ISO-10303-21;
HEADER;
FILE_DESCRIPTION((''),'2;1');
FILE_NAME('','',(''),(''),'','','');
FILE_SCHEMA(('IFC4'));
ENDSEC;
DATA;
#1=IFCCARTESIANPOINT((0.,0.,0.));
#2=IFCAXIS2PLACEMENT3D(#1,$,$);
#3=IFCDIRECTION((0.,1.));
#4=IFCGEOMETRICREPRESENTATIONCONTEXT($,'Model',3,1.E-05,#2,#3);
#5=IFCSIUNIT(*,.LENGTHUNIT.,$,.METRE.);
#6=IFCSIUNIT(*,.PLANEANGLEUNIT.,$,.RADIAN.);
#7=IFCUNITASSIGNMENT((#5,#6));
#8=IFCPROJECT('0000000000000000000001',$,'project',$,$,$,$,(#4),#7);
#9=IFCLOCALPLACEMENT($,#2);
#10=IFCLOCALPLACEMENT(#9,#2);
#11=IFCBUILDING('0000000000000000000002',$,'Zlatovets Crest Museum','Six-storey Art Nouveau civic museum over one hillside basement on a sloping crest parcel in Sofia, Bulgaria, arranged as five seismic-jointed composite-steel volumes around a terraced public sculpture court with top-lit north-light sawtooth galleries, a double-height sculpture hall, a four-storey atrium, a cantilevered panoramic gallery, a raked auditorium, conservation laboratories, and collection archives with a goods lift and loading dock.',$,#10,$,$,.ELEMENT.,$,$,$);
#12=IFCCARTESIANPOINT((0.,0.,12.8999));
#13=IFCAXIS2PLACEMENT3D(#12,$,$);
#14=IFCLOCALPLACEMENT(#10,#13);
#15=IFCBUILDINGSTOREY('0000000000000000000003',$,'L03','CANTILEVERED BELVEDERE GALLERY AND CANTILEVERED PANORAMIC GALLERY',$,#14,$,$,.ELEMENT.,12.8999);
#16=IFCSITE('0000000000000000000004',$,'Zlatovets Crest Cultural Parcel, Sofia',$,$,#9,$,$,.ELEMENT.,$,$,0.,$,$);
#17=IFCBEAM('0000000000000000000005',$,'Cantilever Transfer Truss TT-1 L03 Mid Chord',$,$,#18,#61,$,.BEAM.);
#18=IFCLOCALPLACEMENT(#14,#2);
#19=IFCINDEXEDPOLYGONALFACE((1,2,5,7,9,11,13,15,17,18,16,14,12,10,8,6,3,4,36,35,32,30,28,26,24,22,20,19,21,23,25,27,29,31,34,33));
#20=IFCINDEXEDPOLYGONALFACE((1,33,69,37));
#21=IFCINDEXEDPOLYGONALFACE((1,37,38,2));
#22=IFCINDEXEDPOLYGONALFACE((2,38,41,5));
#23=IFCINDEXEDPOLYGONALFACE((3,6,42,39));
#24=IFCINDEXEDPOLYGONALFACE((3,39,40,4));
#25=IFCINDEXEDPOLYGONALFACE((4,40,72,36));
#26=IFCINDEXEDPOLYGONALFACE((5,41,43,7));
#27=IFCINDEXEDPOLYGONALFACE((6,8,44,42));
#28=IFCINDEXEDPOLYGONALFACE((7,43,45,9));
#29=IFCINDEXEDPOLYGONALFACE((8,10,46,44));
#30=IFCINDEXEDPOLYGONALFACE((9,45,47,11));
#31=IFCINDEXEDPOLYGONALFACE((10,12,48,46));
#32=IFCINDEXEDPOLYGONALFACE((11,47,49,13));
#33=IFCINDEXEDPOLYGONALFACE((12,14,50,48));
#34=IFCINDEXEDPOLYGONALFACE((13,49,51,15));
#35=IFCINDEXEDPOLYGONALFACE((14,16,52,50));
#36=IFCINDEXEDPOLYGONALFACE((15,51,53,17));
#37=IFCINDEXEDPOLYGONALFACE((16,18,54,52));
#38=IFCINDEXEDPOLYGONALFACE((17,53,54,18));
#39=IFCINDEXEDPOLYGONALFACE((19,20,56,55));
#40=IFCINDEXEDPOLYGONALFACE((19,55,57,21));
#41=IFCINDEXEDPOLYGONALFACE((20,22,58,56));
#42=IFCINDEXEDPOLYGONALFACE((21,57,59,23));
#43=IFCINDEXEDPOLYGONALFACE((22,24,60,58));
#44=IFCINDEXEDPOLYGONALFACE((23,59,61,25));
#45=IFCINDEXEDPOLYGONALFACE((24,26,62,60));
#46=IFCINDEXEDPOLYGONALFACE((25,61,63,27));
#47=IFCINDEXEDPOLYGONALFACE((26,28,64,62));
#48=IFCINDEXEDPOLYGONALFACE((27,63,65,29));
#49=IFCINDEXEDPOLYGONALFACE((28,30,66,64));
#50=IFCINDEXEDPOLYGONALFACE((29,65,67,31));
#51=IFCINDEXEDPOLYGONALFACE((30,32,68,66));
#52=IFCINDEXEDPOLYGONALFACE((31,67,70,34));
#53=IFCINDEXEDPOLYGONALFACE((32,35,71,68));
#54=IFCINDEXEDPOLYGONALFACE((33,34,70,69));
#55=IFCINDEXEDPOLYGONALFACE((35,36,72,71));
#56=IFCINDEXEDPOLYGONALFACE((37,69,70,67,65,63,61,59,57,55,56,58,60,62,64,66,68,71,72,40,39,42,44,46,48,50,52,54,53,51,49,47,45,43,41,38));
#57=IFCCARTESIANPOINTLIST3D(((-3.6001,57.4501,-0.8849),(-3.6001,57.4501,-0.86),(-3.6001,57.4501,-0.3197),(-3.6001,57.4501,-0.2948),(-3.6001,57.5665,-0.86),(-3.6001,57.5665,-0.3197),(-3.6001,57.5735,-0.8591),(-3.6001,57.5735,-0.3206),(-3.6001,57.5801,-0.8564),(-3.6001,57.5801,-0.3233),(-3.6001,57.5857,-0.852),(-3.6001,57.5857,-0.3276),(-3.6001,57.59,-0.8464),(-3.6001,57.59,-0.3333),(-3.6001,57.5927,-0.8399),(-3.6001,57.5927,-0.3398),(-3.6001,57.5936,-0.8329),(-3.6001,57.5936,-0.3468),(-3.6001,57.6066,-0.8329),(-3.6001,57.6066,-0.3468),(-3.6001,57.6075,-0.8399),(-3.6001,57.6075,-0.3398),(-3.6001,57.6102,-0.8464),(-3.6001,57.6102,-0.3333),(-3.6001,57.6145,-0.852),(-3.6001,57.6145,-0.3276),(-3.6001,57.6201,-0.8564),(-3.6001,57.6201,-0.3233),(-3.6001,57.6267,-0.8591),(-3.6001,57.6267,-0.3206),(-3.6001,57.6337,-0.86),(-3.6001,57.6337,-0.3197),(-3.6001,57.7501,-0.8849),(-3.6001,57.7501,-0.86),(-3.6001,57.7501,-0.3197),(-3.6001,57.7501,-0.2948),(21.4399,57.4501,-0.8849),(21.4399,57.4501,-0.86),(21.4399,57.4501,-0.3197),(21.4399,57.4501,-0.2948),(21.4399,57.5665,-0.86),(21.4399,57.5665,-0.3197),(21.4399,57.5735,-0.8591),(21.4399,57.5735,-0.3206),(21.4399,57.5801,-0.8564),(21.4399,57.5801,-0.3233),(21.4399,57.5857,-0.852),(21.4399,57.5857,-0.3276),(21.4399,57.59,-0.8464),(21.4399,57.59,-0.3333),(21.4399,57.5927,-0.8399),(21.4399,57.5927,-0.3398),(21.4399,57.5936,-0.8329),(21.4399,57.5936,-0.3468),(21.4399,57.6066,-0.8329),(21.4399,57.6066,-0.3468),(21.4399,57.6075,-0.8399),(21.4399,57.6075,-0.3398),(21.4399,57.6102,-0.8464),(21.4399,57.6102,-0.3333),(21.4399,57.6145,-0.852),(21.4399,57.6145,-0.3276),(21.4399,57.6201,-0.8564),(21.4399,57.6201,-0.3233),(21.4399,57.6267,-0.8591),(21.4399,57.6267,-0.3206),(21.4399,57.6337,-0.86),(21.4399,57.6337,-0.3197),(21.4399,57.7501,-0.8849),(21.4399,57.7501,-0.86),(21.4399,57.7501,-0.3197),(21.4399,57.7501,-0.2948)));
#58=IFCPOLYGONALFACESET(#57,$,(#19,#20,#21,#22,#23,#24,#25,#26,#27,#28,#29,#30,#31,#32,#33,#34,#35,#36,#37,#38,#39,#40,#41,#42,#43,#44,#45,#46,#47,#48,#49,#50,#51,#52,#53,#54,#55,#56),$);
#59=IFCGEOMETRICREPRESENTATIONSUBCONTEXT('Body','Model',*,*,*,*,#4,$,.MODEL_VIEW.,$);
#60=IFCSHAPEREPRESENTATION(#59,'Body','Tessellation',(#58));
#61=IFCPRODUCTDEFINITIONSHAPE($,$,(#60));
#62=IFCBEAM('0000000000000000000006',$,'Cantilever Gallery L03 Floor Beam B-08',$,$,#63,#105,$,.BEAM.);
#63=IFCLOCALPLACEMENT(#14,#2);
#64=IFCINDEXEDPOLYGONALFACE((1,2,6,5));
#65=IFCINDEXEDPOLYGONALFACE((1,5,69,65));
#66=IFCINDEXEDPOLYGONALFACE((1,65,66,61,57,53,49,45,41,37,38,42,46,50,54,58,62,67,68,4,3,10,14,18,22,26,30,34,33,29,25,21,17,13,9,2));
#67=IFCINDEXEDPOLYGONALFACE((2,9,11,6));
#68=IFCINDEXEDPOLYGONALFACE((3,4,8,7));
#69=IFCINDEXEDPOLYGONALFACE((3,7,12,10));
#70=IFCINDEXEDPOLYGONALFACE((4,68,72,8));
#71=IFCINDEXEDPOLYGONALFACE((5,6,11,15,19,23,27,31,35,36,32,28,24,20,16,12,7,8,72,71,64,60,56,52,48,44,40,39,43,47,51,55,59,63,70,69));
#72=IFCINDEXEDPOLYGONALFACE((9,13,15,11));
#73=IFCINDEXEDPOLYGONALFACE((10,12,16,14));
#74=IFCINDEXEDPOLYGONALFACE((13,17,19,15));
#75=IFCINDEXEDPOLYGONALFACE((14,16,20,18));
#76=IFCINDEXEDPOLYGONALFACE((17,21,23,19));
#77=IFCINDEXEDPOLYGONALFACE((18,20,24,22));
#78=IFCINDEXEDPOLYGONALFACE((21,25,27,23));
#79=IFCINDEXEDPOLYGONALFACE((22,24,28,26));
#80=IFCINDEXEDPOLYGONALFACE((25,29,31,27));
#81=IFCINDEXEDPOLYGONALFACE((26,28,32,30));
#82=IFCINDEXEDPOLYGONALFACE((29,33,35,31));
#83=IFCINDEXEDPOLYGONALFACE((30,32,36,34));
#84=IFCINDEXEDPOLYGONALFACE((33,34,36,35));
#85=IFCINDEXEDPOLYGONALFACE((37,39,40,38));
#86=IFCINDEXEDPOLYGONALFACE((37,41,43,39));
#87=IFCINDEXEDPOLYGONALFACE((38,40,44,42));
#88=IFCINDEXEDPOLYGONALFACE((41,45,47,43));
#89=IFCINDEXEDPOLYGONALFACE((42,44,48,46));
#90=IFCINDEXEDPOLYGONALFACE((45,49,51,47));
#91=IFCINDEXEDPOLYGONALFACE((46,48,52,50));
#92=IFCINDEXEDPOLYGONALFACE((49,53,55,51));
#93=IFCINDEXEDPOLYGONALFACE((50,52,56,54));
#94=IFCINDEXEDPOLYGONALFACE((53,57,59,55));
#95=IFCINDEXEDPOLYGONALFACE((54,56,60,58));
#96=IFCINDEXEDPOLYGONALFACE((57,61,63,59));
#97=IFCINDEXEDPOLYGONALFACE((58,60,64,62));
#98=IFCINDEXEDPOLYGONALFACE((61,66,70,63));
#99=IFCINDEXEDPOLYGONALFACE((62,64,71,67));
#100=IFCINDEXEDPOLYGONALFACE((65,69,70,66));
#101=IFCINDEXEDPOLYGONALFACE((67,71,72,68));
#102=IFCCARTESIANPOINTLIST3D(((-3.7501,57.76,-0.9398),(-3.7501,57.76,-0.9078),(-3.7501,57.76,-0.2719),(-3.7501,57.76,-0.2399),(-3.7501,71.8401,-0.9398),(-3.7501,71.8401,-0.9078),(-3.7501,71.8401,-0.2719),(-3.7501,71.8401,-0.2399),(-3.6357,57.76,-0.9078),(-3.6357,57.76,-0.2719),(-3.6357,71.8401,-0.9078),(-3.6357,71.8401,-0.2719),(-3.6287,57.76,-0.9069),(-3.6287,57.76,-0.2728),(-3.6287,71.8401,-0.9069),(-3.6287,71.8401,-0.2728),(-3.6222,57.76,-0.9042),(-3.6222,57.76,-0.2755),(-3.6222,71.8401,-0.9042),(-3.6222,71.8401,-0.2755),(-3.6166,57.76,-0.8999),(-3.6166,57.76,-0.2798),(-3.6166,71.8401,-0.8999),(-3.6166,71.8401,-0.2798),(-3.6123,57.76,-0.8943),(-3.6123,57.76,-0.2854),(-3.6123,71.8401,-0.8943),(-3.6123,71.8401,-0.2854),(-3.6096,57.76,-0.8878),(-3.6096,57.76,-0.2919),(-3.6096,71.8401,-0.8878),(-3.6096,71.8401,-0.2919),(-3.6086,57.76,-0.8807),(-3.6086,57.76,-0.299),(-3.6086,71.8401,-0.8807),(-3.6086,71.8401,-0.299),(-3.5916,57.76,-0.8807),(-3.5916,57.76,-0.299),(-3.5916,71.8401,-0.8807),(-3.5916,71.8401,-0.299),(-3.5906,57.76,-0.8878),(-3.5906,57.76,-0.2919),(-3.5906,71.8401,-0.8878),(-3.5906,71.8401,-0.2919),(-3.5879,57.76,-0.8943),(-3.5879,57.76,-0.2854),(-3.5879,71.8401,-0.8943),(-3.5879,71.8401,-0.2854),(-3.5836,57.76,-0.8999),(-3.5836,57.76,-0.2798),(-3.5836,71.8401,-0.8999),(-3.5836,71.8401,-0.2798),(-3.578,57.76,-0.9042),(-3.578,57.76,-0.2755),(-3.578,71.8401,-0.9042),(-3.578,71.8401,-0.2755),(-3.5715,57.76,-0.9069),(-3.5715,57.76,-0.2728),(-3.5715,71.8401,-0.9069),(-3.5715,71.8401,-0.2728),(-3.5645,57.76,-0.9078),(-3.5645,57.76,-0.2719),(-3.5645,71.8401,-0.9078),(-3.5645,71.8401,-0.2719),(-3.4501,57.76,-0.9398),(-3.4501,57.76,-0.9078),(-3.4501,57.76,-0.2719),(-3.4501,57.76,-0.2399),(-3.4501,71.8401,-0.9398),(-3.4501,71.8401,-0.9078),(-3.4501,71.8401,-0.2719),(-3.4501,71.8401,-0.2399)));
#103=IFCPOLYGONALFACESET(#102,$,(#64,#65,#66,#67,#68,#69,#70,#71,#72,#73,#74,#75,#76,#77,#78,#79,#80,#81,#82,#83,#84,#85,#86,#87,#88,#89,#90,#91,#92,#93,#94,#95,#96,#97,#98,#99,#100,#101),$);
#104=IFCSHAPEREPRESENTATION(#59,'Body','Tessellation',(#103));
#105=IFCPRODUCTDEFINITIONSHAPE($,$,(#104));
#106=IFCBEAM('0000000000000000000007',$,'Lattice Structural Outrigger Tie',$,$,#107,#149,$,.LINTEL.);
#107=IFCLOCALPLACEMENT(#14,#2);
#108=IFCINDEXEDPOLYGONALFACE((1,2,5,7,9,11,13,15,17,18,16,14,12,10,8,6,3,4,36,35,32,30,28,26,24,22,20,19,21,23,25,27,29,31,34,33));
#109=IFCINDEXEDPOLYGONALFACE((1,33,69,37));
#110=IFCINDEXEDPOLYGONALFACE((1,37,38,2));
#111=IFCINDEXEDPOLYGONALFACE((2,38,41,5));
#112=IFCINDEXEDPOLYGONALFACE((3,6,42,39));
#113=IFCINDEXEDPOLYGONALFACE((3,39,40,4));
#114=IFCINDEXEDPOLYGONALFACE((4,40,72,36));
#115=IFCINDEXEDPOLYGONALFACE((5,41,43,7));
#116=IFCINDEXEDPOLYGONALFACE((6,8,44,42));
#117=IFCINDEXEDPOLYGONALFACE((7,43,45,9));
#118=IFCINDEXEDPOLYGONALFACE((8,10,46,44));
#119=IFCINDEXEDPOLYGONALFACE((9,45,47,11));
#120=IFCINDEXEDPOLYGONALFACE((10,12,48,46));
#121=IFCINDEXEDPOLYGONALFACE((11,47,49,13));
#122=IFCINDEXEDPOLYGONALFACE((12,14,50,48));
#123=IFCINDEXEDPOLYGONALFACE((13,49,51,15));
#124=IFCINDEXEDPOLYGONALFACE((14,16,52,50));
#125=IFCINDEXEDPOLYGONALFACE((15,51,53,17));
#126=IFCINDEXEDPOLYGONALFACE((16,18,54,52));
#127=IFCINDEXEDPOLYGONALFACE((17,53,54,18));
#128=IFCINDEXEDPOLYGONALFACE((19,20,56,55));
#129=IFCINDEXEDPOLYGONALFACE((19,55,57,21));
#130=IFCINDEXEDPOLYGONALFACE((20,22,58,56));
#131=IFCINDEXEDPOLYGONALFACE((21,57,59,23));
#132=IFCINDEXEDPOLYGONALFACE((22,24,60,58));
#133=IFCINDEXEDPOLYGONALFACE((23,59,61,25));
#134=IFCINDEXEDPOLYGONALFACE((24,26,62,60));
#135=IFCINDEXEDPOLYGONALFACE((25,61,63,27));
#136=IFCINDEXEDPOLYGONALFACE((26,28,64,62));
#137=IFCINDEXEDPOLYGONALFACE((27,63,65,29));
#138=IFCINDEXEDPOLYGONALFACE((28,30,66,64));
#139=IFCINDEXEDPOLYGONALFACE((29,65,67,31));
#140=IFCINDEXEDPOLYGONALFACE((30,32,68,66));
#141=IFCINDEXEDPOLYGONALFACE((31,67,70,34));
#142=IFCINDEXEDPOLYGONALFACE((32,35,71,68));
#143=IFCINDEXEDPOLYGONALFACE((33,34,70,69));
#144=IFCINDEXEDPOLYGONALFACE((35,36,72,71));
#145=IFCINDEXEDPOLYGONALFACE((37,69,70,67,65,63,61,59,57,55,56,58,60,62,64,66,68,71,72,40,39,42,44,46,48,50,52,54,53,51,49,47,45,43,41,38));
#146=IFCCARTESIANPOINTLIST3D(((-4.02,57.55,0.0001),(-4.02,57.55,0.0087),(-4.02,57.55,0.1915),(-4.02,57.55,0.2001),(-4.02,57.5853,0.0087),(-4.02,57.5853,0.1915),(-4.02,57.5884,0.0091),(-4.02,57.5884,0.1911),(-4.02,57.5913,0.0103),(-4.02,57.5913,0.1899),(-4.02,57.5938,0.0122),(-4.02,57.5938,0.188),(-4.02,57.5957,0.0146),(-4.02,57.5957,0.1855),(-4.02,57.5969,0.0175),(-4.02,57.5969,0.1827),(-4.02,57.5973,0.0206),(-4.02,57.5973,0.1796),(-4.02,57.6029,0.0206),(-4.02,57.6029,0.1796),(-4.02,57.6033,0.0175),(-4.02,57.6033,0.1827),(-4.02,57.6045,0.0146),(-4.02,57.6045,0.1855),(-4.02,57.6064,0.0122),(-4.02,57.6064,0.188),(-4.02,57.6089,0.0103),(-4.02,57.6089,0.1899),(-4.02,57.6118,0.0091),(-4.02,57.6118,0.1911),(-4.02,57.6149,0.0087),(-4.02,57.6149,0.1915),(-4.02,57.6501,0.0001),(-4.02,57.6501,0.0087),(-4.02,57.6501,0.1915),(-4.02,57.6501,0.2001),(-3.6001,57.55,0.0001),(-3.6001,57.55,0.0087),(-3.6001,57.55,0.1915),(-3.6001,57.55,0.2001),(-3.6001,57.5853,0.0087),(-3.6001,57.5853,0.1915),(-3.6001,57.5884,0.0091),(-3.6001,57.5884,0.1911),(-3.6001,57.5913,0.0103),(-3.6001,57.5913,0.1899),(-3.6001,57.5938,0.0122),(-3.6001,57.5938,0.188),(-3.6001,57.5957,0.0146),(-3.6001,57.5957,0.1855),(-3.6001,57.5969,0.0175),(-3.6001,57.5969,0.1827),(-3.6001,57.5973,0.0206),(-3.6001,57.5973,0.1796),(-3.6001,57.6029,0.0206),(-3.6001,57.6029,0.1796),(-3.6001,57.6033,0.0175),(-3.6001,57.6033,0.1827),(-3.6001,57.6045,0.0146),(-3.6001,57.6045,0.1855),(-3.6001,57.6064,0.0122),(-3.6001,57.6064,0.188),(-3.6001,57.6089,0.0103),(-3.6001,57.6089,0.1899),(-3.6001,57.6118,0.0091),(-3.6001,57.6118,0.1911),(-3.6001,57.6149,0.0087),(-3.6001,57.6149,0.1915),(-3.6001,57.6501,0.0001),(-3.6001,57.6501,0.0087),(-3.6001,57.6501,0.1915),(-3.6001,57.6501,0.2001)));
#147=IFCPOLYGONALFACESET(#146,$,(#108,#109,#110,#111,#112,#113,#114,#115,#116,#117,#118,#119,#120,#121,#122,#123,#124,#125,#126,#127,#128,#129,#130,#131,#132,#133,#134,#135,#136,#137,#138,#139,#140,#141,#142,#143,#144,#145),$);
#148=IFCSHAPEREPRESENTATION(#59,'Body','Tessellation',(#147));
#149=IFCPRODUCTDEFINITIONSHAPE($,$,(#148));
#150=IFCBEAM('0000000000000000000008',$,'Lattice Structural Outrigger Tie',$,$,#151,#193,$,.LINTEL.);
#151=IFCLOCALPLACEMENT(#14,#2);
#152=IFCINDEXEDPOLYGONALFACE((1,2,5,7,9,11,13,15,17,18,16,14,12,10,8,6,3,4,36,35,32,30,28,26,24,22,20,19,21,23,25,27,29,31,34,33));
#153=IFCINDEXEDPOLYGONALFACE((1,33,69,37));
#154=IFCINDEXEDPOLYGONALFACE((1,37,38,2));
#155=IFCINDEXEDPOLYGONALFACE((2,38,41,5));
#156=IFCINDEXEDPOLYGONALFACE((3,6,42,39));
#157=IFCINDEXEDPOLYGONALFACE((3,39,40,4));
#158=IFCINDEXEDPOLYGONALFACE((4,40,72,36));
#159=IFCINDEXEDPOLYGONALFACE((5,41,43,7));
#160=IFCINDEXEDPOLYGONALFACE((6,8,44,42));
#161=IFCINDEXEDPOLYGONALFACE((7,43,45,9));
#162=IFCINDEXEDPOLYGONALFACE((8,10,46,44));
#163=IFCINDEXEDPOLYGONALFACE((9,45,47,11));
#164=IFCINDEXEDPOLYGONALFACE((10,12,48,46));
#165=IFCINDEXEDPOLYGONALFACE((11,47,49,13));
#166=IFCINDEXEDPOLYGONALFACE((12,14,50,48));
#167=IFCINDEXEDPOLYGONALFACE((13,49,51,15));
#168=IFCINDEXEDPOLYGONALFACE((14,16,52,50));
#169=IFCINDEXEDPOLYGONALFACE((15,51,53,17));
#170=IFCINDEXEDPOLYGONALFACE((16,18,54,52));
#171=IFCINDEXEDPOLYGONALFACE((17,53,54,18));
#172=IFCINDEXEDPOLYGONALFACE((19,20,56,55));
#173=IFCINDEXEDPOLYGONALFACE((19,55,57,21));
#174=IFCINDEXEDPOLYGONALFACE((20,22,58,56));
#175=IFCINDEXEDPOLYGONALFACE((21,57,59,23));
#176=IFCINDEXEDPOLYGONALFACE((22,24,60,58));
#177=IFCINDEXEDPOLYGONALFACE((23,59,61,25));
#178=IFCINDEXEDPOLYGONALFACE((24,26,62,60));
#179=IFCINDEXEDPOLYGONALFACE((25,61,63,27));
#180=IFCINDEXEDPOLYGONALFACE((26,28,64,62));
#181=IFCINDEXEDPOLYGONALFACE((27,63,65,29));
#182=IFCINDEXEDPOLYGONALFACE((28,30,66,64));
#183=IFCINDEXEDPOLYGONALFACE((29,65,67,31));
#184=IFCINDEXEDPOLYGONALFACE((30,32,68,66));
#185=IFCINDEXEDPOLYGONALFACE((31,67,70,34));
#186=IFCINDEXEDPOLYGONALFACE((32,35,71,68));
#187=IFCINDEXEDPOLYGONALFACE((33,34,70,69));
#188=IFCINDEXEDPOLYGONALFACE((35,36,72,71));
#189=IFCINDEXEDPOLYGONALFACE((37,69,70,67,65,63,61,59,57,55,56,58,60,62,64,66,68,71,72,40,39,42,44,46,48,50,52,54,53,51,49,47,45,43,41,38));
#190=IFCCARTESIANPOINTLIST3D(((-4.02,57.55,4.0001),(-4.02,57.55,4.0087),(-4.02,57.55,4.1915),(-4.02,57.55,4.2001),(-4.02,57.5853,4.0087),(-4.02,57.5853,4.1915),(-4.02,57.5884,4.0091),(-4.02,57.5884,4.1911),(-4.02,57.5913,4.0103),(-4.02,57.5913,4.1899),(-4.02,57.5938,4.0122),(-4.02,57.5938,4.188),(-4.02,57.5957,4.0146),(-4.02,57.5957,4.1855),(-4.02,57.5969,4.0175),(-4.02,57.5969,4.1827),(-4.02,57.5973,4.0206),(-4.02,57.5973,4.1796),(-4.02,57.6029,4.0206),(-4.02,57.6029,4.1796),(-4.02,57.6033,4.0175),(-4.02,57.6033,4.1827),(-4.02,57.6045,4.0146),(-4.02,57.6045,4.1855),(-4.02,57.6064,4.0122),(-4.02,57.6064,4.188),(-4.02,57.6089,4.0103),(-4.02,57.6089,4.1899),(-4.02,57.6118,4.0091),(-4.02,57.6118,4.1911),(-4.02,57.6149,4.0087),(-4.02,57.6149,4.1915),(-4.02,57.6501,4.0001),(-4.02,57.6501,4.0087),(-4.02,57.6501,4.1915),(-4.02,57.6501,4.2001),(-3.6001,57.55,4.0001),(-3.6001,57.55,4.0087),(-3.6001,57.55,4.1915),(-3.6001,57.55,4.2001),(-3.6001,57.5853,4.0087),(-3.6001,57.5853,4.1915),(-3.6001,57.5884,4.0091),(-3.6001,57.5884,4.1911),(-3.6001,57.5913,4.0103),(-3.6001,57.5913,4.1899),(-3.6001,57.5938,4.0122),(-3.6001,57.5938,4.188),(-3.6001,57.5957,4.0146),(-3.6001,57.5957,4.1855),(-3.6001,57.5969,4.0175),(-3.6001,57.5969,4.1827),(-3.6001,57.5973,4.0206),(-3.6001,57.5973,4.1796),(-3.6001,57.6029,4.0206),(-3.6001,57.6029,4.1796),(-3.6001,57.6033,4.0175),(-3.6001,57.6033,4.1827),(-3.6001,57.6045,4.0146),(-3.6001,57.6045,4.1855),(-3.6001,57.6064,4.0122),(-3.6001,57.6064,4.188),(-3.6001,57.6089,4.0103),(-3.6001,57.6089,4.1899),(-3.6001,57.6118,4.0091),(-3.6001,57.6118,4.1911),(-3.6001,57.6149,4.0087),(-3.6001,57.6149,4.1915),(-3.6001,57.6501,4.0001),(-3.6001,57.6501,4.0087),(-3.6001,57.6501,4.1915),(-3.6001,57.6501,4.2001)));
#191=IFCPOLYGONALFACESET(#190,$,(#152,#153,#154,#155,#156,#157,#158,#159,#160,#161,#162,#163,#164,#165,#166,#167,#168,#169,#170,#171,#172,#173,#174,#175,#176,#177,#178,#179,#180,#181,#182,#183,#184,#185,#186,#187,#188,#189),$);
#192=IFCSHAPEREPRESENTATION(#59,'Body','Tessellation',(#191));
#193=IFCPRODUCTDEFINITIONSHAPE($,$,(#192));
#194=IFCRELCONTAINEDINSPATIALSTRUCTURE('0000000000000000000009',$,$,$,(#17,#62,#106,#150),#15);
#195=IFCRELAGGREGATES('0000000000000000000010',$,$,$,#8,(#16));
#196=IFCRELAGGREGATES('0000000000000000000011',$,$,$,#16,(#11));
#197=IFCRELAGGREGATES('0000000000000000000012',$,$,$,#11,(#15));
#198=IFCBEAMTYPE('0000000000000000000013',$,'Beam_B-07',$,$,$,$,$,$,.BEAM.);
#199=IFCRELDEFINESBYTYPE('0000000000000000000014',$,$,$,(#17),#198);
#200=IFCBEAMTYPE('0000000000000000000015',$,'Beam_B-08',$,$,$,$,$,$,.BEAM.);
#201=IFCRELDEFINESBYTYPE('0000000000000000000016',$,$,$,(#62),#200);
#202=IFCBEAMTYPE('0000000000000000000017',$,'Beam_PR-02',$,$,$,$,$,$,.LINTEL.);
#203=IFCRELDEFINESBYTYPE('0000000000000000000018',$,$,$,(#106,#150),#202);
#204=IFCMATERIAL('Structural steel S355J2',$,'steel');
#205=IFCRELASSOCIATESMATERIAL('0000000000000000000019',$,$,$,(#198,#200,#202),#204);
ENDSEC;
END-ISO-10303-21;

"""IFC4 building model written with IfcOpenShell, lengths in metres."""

from ifc_helpers import new_model, si_unit, direction, frame, origin, origin_2d, place, context, subcontext, project, spatial, i_section, extrude, material, material_profile, profile_set, type_object, element, save


model = new_model("IFC4")

# Units and contexts
model_context = context("Model", 3, precision=1e-05, world=origin(), true_north=direction((0.0, 1.0)))
body_context = subcontext(model_context, "Body", "Model", "MODEL_VIEW")
ifc_project = project(units=[si_unit("LENGTHUNIT", "METRE"), si_unit("PLANEANGLEUNIT", "RADIAN")], contexts=[model_context])

# Site, building, storey
site_placement = place(None, origin())
site = spatial("IfcSite", under=ifc_project, at=site_placement, Name="Zlatovets Crest Cultural Parcel, Sofia", CompositionType="ELEMENT", RefElevation=0.0)
building_placement = place(site_placement, origin())
building = spatial("IfcBuilding", under=site, at=building_placement, Name="Zlatovets Crest Museum", Description="Six-storey Art Nouveau civic museum over one hillside basement on a sloping crest parcel in Sofia, Bulgaria, arranged as five seismic-jointed composite-steel volumes around a terraced public sculpture court with top-lit north-light sawtooth galleries, a double-height sculpture hall, a four-storey atrium, a cantilevered panoramic gallery, a raked auditorium, conservation laboratories, and collection archives with a goods lift and loading dock.", CompositionType="ELEMENT")
storey_placement = place(building_placement, frame((0.0, 0.0, 12.8999)))
storey = spatial("IfcBuildingStorey", under=building, at=storey_placement, Name="L03", Description="CANTILEVERED BELVEDERE GALLERY AND CANTILEVERED PANORAMIC GALLERY", CompositionType="ELEMENT", Elevation=12.8999)

# Beams
ifc_material_1 = material(Name="Structural steel S355J2", Category="steel")
ifc_material_profile_1 = material_profile(ifc_material_1, i_section(OverallWidth=0.3, OverallDepth=0.5901, WebThickness=0.0129, FlangeThickness=0.0249, FilletRadius=0.0271, at=origin_2d()), Name="HEA 600")
ifc_profile_set_1 = profile_set([ifc_material_profile_1], Name="Structural steel S355J2")
beam_type_1 = type_object("IfcBeamType", Name="Beam_B-07", PredefinedType="BEAM", material=ifc_profile_set_1)
beam_1_placement = place(storey_placement, frame((-3.6001, 57.6001, -0.5898), z_axis=(1.0, 0.0, 0.0), x_axis=(0.0, 1.0, 0.0)))
element("IfcBeam", 1, at=beam_1_placement, inside=storey, type_object=beam_type_1, Name="Cantilever Transfer Truss TT-1 L03 Mid Chord", PredefinedType="BEAM", context=body_context, shape_type="SweptSolid", body=[
    extrude(i_section(OverallWidth=0.3, OverallDepth=0.5901, WebThickness=0.0129, FlangeThickness=0.0249, FilletRadius=0.0271, at=origin_2d()), origin(), (0.0, 0.0, 1.0), 25.04),
])
ifc_material_profile_2 = material_profile(ifc_material_1, i_section(OverallWidth=0.3, OverallDepth=0.7, WebThickness=0.0171, FlangeThickness=0.032, FilletRadius=0.0271, at=origin_2d()), Name="HEB 700")
ifc_profile_set_2 = profile_set([ifc_material_profile_2], Name="Structural steel S355J2")
beam_type_2 = type_object("IfcBeamType", Name="Beam_B-08", PredefinedType="BEAM", material=ifc_profile_set_2)
beam_2_placement = place(storey_placement, frame((-3.6001, 57.76, -0.5898), z_axis=(0.0, 1.0, 0.0), x_axis=(-1.0, 0.0, 0.0)))
element("IfcBeam", 2, at=beam_2_placement, inside=storey, type_object=beam_type_2, Name="Cantilever Gallery L03 Floor Beam B-08", PredefinedType="BEAM", context=body_context, shape_type="SweptSolid", body=[
    extrude(i_section(OverallWidth=0.3, OverallDepth=0.7, WebThickness=0.0171, FlangeThickness=0.032, FilletRadius=0.0271, at=origin_2d()), origin(), (0.0, 0.0, 1.0), 14.0801),
])
ifc_material_profile_3 = material_profile(ifc_material_1, i_section(OverallWidth=0.1001, OverallDepth=0.2, WebThickness=0.0056, FlangeThickness=0.0085, FilletRadius=0.012, at=origin_2d()), Name="IPE 200")
ifc_profile_set_3 = profile_set([ifc_material_profile_3], Name="Structural steel S355J2")
beam_type_3 = type_object("IfcBeamType", Name="Beam_PR-02", PredefinedType="LINTEL", material=ifc_profile_set_3)
for number, where, z_axis, x_axis, name in (
    (3, (-3.6001, 57.6001, 0.1001), (-1.0, 0.0, 0.0), (0.0, -1.0, 0.0), "Lattice Structural Outrigger Tie"),
    (4, (-3.6001, 57.6001, 4.1001), (-1.0, 0.0, 0.0), (0.0, -1.0, 0.0), "Lattice Structural Outrigger Tie"),
):
    element("IfcBeam", number, at=place(storey_placement, frame(where, z_axis=z_axis, x_axis=x_axis)), inside=storey, type_object=beam_type_3, Name=name, PredefinedType="LINTEL", context=body_context, shape_type="SweptSolid", body=[
        extrude(i_section(OverallWidth=0.1001, OverallDepth=0.2, WebThickness=0.0056, FlangeThickness=0.0085, FilletRadius=0.012, at=origin_2d()), origin(), (0.0, 0.0, 1.0), 0.4199),
    ])

save(model, "model.ifc")
